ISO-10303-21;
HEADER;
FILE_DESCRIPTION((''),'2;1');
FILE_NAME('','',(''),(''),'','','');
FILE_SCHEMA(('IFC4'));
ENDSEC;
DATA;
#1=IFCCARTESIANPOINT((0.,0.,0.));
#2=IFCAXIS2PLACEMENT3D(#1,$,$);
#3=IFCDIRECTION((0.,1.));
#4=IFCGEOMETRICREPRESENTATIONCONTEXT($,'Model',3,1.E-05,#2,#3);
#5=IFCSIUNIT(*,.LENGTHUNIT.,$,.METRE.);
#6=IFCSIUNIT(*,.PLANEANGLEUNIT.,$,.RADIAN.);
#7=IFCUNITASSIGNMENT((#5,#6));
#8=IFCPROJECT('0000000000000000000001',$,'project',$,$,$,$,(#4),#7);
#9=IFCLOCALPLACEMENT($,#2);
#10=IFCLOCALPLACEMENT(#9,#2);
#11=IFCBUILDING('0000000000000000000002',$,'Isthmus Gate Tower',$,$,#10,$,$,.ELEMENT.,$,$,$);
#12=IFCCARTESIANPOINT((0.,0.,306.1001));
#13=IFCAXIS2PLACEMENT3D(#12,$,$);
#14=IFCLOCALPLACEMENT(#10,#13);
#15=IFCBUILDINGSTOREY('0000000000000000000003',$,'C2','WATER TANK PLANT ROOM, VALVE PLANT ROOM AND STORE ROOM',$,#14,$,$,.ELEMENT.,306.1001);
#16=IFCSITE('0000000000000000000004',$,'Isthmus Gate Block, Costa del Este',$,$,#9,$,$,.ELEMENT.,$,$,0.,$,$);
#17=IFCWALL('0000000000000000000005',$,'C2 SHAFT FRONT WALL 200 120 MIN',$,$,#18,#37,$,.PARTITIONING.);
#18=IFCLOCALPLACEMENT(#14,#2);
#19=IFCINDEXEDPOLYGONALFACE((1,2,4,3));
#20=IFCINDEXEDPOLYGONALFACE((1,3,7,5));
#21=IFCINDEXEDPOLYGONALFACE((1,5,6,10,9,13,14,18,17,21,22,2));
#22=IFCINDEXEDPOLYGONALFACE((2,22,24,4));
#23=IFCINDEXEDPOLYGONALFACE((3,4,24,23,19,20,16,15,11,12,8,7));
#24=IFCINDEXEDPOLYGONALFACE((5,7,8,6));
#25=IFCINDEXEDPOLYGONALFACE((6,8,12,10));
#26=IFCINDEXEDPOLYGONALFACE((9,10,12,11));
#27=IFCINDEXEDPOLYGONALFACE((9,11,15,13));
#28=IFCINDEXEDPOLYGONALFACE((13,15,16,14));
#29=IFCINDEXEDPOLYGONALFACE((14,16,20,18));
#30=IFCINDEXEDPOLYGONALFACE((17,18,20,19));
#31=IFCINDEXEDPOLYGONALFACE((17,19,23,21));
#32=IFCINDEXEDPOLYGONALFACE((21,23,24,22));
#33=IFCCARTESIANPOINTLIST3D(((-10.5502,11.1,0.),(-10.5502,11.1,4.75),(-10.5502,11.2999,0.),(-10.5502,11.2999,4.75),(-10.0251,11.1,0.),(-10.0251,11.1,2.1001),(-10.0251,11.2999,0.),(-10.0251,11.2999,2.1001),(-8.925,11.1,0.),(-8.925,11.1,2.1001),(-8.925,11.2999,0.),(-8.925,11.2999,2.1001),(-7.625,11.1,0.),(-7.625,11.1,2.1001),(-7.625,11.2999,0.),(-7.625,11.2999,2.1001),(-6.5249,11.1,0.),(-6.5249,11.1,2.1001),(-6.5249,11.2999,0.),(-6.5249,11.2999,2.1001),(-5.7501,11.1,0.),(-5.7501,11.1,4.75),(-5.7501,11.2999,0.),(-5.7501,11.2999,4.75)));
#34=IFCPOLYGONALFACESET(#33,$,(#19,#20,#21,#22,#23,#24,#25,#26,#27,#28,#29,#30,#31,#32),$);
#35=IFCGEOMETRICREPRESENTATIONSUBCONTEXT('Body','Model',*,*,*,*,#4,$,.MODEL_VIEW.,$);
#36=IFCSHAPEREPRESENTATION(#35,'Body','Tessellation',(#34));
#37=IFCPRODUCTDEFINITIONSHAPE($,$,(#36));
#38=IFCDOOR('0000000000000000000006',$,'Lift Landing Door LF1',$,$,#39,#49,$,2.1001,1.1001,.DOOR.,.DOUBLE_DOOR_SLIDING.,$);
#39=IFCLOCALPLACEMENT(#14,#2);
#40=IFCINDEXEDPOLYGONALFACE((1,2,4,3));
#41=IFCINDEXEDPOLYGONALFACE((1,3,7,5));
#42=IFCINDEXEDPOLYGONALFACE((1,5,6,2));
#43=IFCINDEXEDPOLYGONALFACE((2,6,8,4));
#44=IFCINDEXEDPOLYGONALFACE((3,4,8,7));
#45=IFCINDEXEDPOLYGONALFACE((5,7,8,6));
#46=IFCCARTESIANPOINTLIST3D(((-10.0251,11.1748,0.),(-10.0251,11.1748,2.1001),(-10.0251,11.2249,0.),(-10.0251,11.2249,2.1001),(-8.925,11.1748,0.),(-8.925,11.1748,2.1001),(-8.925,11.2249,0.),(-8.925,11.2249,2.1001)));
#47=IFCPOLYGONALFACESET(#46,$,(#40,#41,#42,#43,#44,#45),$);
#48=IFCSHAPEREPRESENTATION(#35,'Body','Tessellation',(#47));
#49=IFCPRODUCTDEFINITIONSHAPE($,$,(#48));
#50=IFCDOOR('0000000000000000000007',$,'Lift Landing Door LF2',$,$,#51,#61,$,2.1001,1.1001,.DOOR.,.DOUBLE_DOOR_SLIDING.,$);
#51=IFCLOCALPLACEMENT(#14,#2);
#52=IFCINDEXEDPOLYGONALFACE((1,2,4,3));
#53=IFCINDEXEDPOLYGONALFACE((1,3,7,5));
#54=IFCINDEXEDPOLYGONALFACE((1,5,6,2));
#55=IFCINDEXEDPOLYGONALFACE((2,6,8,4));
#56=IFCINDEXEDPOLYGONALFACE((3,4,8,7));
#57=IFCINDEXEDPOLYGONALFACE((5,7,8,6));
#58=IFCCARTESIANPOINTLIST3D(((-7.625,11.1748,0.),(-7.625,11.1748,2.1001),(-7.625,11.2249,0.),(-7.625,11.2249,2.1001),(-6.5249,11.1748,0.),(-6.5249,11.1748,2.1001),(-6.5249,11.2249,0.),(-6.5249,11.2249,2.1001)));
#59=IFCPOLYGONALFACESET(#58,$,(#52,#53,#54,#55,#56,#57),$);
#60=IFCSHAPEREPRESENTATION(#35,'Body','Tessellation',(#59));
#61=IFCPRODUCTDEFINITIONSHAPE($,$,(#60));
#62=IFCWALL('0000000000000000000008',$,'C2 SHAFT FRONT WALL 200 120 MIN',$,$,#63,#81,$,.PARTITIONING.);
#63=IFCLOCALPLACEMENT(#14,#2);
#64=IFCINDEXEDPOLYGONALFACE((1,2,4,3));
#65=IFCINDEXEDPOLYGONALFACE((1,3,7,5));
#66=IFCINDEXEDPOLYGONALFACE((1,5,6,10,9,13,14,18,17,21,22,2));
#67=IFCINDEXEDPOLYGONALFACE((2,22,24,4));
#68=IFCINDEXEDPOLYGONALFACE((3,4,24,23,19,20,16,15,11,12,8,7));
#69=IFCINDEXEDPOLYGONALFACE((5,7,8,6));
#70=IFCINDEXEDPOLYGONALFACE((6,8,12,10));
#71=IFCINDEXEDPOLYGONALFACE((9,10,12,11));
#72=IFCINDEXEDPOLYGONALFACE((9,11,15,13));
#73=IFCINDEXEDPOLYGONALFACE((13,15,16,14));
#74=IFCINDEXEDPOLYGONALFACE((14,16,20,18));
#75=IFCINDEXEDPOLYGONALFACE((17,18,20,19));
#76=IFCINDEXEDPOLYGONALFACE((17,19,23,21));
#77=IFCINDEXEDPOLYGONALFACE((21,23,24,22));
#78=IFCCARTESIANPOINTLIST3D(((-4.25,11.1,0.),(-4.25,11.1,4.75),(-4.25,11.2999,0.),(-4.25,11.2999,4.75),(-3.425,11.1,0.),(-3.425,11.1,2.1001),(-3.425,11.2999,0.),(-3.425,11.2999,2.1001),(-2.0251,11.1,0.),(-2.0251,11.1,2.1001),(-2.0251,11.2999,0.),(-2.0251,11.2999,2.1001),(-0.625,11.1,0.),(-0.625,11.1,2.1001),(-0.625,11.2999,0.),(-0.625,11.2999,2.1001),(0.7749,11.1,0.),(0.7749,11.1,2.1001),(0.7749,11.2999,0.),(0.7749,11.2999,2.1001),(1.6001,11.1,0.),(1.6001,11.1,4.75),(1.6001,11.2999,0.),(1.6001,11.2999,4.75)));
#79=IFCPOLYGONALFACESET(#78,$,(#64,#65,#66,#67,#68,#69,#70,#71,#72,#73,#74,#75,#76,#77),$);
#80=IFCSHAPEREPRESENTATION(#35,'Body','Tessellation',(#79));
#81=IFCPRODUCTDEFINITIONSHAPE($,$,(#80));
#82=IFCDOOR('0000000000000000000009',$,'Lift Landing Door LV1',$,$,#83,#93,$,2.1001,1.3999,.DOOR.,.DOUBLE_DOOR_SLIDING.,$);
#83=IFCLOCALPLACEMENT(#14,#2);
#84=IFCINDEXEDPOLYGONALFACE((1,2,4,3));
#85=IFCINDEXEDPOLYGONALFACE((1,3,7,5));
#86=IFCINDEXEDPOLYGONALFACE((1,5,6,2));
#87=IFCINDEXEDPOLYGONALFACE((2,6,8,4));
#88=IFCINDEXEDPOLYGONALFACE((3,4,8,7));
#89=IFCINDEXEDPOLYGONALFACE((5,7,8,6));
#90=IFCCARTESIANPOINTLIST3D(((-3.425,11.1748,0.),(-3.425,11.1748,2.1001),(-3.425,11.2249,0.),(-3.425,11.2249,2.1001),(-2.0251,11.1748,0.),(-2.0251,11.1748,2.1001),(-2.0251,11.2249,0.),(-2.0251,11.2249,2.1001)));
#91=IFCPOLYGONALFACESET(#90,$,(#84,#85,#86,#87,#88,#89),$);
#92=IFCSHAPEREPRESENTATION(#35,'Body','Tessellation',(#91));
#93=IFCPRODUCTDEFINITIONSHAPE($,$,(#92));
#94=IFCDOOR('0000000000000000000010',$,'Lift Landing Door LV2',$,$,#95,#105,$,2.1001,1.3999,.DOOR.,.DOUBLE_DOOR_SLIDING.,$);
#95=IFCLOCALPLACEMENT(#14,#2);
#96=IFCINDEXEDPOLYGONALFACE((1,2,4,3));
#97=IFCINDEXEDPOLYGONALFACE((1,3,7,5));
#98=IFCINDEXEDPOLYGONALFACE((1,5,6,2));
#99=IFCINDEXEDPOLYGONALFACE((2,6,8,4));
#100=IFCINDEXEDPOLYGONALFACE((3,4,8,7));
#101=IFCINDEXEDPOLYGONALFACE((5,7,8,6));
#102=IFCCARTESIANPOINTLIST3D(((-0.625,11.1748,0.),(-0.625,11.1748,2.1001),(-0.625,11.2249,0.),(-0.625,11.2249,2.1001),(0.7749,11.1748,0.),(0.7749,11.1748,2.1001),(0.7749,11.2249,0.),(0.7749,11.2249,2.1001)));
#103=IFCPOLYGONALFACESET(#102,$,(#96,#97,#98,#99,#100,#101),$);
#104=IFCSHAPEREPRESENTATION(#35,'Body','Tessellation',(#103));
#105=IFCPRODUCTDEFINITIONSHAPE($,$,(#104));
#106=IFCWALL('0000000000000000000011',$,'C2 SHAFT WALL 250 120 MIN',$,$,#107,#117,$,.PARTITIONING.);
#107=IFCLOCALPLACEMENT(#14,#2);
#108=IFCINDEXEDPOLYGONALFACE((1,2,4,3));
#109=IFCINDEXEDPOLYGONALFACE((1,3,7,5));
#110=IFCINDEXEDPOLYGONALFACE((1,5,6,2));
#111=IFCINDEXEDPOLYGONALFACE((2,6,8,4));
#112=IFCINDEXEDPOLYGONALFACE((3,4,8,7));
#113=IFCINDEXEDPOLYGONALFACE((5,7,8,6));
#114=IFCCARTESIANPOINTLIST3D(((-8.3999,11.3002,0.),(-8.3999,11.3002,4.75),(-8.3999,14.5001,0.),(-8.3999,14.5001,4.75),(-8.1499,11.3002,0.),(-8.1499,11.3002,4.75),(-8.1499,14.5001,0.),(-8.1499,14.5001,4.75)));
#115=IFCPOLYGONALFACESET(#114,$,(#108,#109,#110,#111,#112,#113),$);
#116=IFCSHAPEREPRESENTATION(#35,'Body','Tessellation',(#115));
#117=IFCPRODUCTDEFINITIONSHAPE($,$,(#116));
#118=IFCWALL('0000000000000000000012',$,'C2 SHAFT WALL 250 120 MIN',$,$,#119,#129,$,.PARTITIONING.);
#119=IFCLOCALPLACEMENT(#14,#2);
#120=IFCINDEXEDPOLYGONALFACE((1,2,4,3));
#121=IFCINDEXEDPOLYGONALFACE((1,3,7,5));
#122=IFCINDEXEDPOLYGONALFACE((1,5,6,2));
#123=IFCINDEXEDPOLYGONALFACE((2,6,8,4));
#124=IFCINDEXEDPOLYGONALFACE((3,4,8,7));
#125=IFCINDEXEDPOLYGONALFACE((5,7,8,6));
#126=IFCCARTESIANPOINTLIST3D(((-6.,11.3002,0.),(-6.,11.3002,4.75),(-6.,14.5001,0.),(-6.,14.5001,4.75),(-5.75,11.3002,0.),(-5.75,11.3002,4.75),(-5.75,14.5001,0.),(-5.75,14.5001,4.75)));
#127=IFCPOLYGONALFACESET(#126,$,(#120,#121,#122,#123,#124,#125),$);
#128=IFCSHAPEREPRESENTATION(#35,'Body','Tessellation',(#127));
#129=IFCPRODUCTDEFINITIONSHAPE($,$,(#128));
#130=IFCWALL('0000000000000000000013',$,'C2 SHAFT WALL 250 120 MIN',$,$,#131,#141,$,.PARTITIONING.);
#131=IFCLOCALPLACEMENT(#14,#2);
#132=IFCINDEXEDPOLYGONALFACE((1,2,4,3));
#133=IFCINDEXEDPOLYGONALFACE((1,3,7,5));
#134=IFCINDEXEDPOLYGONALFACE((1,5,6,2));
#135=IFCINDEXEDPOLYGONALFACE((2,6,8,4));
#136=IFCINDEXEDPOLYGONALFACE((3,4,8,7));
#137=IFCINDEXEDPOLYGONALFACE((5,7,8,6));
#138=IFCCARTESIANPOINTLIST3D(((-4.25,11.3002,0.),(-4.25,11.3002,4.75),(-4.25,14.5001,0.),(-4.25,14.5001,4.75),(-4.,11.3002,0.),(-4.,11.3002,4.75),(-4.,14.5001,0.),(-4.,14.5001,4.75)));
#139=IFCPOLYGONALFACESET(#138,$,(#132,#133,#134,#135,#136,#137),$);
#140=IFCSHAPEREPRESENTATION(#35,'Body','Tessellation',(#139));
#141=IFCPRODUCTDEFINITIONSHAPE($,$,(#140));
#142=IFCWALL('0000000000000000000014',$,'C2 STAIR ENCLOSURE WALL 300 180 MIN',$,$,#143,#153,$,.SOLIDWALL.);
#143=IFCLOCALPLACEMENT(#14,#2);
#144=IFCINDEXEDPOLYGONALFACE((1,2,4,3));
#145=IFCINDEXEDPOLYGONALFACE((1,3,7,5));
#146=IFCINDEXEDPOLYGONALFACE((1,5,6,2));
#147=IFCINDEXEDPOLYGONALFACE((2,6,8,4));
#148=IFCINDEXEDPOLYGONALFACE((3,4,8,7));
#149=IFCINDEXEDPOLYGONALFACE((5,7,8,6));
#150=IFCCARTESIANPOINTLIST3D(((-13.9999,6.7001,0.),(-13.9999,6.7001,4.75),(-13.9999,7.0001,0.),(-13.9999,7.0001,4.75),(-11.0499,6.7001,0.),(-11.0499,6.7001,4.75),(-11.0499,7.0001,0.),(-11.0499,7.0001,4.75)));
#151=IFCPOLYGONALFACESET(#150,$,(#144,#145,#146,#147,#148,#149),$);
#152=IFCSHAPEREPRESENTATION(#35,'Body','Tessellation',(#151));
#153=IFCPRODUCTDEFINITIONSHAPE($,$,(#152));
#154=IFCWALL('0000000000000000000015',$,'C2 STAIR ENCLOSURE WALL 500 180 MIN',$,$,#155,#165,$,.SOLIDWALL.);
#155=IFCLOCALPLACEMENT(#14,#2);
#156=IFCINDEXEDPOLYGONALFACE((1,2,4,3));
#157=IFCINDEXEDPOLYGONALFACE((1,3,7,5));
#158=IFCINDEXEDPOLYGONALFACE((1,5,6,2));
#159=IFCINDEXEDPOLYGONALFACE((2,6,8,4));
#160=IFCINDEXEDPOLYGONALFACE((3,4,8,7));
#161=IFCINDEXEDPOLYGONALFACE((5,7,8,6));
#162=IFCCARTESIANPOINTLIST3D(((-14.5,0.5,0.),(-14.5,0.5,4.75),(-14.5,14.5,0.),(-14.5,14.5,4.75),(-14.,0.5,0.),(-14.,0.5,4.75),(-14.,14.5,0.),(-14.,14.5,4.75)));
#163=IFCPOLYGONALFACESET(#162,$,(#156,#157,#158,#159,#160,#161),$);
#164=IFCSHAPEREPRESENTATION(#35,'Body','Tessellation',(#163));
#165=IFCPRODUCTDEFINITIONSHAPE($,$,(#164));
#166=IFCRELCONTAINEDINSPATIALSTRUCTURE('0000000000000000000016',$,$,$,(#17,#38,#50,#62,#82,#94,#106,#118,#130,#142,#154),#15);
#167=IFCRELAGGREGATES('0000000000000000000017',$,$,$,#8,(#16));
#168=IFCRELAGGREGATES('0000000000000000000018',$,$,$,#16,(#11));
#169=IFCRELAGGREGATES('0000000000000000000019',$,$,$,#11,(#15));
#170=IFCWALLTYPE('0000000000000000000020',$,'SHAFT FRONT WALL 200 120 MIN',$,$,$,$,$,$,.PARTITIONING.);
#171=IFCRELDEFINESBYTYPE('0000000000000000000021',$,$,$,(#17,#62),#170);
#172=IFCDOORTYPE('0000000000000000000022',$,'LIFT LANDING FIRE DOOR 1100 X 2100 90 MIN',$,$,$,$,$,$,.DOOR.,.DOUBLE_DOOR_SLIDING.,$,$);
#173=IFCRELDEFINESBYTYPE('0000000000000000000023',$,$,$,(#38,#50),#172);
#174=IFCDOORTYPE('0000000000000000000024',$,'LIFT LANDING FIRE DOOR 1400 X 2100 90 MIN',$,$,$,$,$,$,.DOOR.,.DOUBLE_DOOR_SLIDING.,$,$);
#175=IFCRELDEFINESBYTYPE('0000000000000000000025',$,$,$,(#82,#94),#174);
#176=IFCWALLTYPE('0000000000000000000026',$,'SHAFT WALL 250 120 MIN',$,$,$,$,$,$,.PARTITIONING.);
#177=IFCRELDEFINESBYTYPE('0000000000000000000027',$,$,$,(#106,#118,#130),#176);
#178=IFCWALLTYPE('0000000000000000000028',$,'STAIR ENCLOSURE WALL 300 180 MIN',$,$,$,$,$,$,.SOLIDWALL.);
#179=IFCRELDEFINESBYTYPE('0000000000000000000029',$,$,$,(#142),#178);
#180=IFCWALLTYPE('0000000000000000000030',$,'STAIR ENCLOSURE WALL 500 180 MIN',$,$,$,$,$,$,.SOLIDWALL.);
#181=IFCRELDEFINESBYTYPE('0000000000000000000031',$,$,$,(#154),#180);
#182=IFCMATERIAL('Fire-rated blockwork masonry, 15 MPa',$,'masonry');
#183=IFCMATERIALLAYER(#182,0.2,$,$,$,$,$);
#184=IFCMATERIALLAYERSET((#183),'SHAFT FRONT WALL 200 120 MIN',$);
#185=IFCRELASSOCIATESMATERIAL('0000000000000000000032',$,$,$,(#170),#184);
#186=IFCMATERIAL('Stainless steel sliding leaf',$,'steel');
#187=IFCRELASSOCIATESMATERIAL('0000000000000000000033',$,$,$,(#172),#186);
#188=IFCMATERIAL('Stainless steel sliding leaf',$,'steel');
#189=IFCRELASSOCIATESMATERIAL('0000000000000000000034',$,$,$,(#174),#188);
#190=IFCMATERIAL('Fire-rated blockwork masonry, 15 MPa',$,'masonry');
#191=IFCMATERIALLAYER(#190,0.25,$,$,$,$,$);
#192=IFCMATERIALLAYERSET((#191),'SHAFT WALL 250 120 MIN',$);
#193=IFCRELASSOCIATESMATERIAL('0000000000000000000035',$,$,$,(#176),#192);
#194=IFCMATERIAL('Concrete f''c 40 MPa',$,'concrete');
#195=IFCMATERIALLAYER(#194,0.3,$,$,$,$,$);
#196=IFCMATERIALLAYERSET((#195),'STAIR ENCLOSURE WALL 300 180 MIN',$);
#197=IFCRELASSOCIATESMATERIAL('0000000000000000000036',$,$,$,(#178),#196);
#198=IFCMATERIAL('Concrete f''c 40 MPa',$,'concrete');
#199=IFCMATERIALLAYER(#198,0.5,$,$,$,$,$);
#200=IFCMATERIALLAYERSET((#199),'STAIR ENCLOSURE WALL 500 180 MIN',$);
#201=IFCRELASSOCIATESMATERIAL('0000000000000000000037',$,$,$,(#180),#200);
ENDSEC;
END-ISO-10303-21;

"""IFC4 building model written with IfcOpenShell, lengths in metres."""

from ifc_helpers import new_model, si_unit, direction, frame, frame_2d, origin, place, context, subcontext, project, spatial, rectangle, extrude, material, layer, layer_set, type_object, element, fill, save


model = new_model("IFC4")

# Units and contexts
model_context = context("Model", 3, precision=1e-05, world=origin(), true_north=direction((0.0, 1.0)))
body_context = subcontext(model_context, "Body", "Model", "MODEL_VIEW")
ifc_project = project(units=[si_unit("LENGTHUNIT", "METRE"), si_unit("PLANEANGLEUNIT", "RADIAN")], contexts=[model_context])

# Site, building, storey
site_placement = place(None, origin())
site = spatial("IfcSite", under=ifc_project, at=site_placement, Name="Isthmus Gate Block, Costa del Este", CompositionType="ELEMENT", RefElevation=0.0)
building_placement = place(site_placement, origin())
building = spatial("IfcBuilding", under=site, at=building_placement, Name="Isthmus Gate Tower", CompositionType="ELEMENT")
storey_placement = place(building_placement, frame((0.0, 0.0, 306.1001)))
storey = spatial("IfcBuildingStorey", under=building, at=storey_placement, Name="C2", Description="WATER TANK PLANT ROOM, VALVE PLANT ROOM AND STORE ROOM", CompositionType="ELEMENT", Elevation=306.1001)

# Shared definitions
ifc_material_1 = material(Name="Fire-rated blockwork masonry, 15 MPa", Category="masonry")
ifc_layer_1 = layer(ifc_material_1, 0.2)
ifc_layer_set_1 = layer_set([ifc_layer_1], Name="SHAFT FRONT WALL 200 120 MIN")
wall_type_1 = type_object("IfcWallType", Name="SHAFT FRONT WALL 200 120 MIN", PredefinedType="PARTITIONING", material=ifc_layer_set_1)

# Walls, openings, doors
wall_1_placement = place(storey_placement, frame((-10.55, 11.2, 0.0), z_axis=(0.0, 0.0, 1.0), x_axis=(1.0, 0.0, 0.0)))
wall_1 = element("IfcWall", 1, at=wall_1_placement, inside=storey, type_object=wall_type_1, Name="C2 SHAFT FRONT WALL 200 120 MIN", PredefinedType="PARTITIONING", context=body_context, shape_type="SweptSolid", body=[
    extrude(rectangle(XDim=4.8, YDim=0.2, at=frame_2d((2.3999, 0.0))), origin(), (0.0, 0.0, 1.0), 4.75),
])
opening_1_placement = place(wall_1_placement, frame((0.5249, 0.0, 0.0)))
opening_1 = element("IfcOpeningElement", 2, at=opening_1_placement, cuts=wall_1, PredefinedType="OPENING", context=body_context, shape_type="SweptSolid", body=[
    extrude(rectangle(XDim=1.1001, YDim=2.1001, at=frame_2d((0.55, 1.05))), frame((0.0, 0.1099, 0.0), z_axis=(0.0, -1.0, 0.0), x_axis=(1.0, 0.0, 0.0)), (0.0, 0.0, 1.0), 0.22),
])
opening_2_placement = place(wall_1_placement, frame((2.925, 0.0, 0.0)))
opening_2 = element("IfcOpeningElement", 3, at=opening_2_placement, cuts=wall_1, PredefinedType="OPENING", context=body_context, shape_type="SweptSolid", body=[
    extrude(rectangle(XDim=1.1001, YDim=2.1001, at=frame_2d((0.55, 1.05))), frame((0.0, 0.1099, 0.0), z_axis=(0.0, -1.0, 0.0), x_axis=(1.0, 0.0, 0.0)), (0.0, 0.0, 1.0), 0.22),
])
ifc_material_2 = material(Name="Stainless steel sliding leaf", Category="steel")
door_type_1 = type_object("IfcDoorType", Name="LIFT LANDING FIRE DOOR 1100 X 2100 90 MIN", OperationType="DOUBLE_DOOR_SLIDING", PredefinedType="DOOR", material=ifc_material_2)
door_1_placement = place(opening_1_placement, origin())
door_1 = element("IfcDoor", 4, at=door_1_placement, inside=storey, type_object=door_type_1, Name="Lift Landing Door LF1", OperationType="DOUBLE_DOOR_SLIDING", OverallHeight=2.1001, OverallWidth=1.1001, PredefinedType="DOOR", context=body_context, shape_type="SweptSolid", body=[
    extrude(rectangle(XDim=1.1001, YDim=2.1001, at=frame_2d((0.55, 1.05))), frame((0.0, 0.0249, 0.0), z_axis=(0.0, -1.0, 0.0), x_axis=(1.0, 0.0, 0.0)), (0.0, 0.0, 1.0), 0.05),
])
fill(opening_1, door_1)
door_2_placement = place(opening_2_placement, origin())
door_2 = element("IfcDoor", 5, at=door_2_placement, inside=storey, type_object=door_type_1, Name="Lift Landing Door LF2", OperationType="DOUBLE_DOOR_SLIDING", OverallHeight=2.1001, OverallWidth=1.1001, PredefinedType="DOOR", context=body_context, shape_type="SweptSolid", body=[
    extrude(rectangle(XDim=1.1001, YDim=2.1001, at=frame_2d((0.55, 1.05))), frame((0.0, 0.0249, 0.0), z_axis=(0.0, -1.0, 0.0), x_axis=(1.0, 0.0, 0.0)), (0.0, 0.0, 1.0), 0.05),
])
fill(opening_2, door_2)
wall_2_placement = place(storey_placement, frame((-4.25, 11.2, 0.0), z_axis=(0.0, 0.0, 1.0), x_axis=(1.0, 0.0, 0.0)))
wall_2 = element("IfcWall", 6, at=wall_2_placement, inside=storey, type_object=wall_type_1, Name="C2 SHAFT FRONT WALL 200 120 MIN", PredefinedType="PARTITIONING", context=body_context, shape_type="SweptSolid", body=[
    extrude(rectangle(XDim=5.8501, YDim=0.2, at=frame_2d((2.925, 0.0))), origin(), (0.0, 0.0, 1.0), 4.75),
])
opening_3_placement = place(wall_2_placement, frame((0.825, 0.0, 0.0)))
opening_3 = element("IfcOpeningElement", 7, at=opening_3_placement, cuts=wall_2, PredefinedType="OPENING", context=body_context, shape_type="SweptSolid", body=[
    extrude(rectangle(XDim=1.3999, YDim=2.1001, at=frame_2d((0.7, 1.05))), frame((0.0, 0.1099, 0.0), z_axis=(0.0, -1.0, 0.0), x_axis=(1.0, 0.0, 0.0)), (0.0, 0.0, 1.0), 0.22),
])
opening_4_placement = place(wall_2_placement, frame((3.625, 0.0, 0.0)))
opening_4 = element("IfcOpeningElement", 8, at=opening_4_placement, cuts=wall_2, PredefinedType="OPENING", context=body_context, shape_type="SweptSolid", body=[
    extrude(rectangle(XDim=1.3999, YDim=2.1001, at=frame_2d((0.7, 1.05))), frame((0.0, 0.1099, 0.0), z_axis=(0.0, -1.0, 0.0), x_axis=(1.0, 0.0, 0.0)), (0.0, 0.0, 1.0), 0.22),
])
ifc_material_3 = material(Name="Stainless steel sliding leaf", Category="steel")
door_type_2 = type_object("IfcDoorType", Name="LIFT LANDING FIRE DOOR 1400 X 2100 90 MIN", OperationType="DOUBLE_DOOR_SLIDING", PredefinedType="DOOR", material=ifc_material_3)
door_3_placement = place(opening_3_placement, origin())
door_3 = element("IfcDoor", 9, at=door_3_placement, inside=storey, type_object=door_type_2, Name="Lift Landing Door LV1", OperationType="DOUBLE_DOOR_SLIDING", OverallHeight=2.1001, OverallWidth=1.3999, PredefinedType="DOOR", context=body_context, shape_type="SweptSolid", body=[
    extrude(rectangle(XDim=1.3999, YDim=2.1001, at=frame_2d((0.7, 1.05))), frame((0.0, 0.0249, 0.0), z_axis=(0.0, -1.0, 0.0), x_axis=(1.0, 0.0, 0.0)), (0.0, 0.0, 1.0), 0.05),
])
fill(opening_3, door_3)
door_4_placement = place(opening_4_placement, origin())
door_4 = element("IfcDoor", 10, at=door_4_placement, inside=storey, type_object=door_type_2, Name="Lift Landing Door LV2", OperationType="DOUBLE_DOOR_SLIDING", OverallHeight=2.1001, OverallWidth=1.3999, PredefinedType="DOOR", context=body_context, shape_type="SweptSolid", body=[
    extrude(rectangle(XDim=1.3999, YDim=2.1001, at=frame_2d((0.7, 1.05))), frame((0.0, 0.0249, 0.0), z_axis=(0.0, -1.0, 0.0), x_axis=(1.0, 0.0, 0.0)), (0.0, 0.0, 1.0), 0.05),
])
fill(opening_4, door_4)

# Walls
ifc_material_4 = material(Name="Fire-rated blockwork masonry, 15 MPa", Category="masonry")
ifc_layer_2 = layer(ifc_material_4, 0.25)
ifc_layer_set_2 = layer_set([ifc_layer_2], Name="SHAFT WALL 250 120 MIN")
wall_type_2 = type_object("IfcWallType", Name="SHAFT WALL 250 120 MIN", PredefinedType="PARTITIONING", material=ifc_layer_set_2)
for number, where, z_axis, x_axis, name in (
    (11, (-8.2749, 11.3, 0.0), (0.0, 0.0, 1.0), (0.0, 1.0, 0.0), "C2 SHAFT WALL 250 120 MIN"),
    (12, (-5.875, 11.3, 0.0), (0.0, 0.0, 1.0), (0.0, 1.0, 0.0), "C2 SHAFT WALL 250 120 MIN"),
    (13, (-4.125, 11.3, 0.0), (0.0, 0.0, 1.0), (0.0, 1.0, 0.0), "C2 SHAFT WALL 250 120 MIN"),
):
    element("IfcWall", number, at=place(storey_placement, frame(where, z_axis=z_axis, x_axis=x_axis)), inside=storey, type_object=wall_type_2, Name=name, PredefinedType="PARTITIONING", context=body_context, shape_type="SweptSolid", body=[
        extrude(rectangle(XDim=3.2, YDim=0.25, at=frame_2d((1.6001, 0.0))), origin(), (0.0, 0.0, 1.0), 4.75),
    ])
ifc_material_5 = material(Name="Concrete f'c 40 MPa", Category="concrete")
ifc_layer_3 = layer(ifc_material_5, 0.3)
ifc_layer_set_3 = layer_set([ifc_layer_3], Name="STAIR ENCLOSURE WALL 300 180 MIN")
wall_type_3 = type_object("IfcWallType", Name="STAIR ENCLOSURE WALL 300 180 MIN", PredefinedType="SOLIDWALL", material=ifc_layer_set_3)
wall_3_placement = place(storey_placement, frame((-14.0, 6.8501, 0.0), z_axis=(0.0, 0.0, 1.0), x_axis=(1.0, 0.0, 0.0)))
element("IfcWall", 14, at=wall_3_placement, inside=storey, type_object=wall_type_3, Name="C2 STAIR ENCLOSURE WALL 300 180 MIN", PredefinedType="SOLIDWALL", context=body_context, shape_type="SweptSolid", body=[
    extrude(rectangle(XDim=2.95, YDim=0.3, at=frame_2d((1.4751, 0.0))), origin(), (0.0, 0.0, 1.0), 4.75),
])
ifc_material_6 = material(Name="Concrete f'c 40 MPa", Category="concrete")
ifc_layer_4 = layer(ifc_material_6, 0.5)
ifc_layer_set_4 = layer_set([ifc_layer_4], Name="STAIR ENCLOSURE WALL 500 180 MIN")
wall_type_4 = type_object("IfcWallType", Name="STAIR ENCLOSURE WALL 500 180 MIN", PredefinedType="SOLIDWALL", material=ifc_layer_set_4)
wall_4_placement = place(storey_placement, frame((-14.25, 0.5, 0.0), z_axis=(0.0, 0.0, 1.0), x_axis=(0.0, 1.0, 0.0)))
element("IfcWall", 15, at=wall_4_placement, inside=storey, type_object=wall_type_4, Name="C2 STAIR ENCLOSURE WALL 500 180 MIN", PredefinedType="SOLIDWALL", context=body_context, shape_type="SweptSolid", body=[
    extrude(rectangle(XDim=14.0, YDim=0.5, at=frame_2d((7.0, 0.0))), origin(), (0.0, 0.0, 1.0), 4.75),
])

save(model, "model.ifc")
